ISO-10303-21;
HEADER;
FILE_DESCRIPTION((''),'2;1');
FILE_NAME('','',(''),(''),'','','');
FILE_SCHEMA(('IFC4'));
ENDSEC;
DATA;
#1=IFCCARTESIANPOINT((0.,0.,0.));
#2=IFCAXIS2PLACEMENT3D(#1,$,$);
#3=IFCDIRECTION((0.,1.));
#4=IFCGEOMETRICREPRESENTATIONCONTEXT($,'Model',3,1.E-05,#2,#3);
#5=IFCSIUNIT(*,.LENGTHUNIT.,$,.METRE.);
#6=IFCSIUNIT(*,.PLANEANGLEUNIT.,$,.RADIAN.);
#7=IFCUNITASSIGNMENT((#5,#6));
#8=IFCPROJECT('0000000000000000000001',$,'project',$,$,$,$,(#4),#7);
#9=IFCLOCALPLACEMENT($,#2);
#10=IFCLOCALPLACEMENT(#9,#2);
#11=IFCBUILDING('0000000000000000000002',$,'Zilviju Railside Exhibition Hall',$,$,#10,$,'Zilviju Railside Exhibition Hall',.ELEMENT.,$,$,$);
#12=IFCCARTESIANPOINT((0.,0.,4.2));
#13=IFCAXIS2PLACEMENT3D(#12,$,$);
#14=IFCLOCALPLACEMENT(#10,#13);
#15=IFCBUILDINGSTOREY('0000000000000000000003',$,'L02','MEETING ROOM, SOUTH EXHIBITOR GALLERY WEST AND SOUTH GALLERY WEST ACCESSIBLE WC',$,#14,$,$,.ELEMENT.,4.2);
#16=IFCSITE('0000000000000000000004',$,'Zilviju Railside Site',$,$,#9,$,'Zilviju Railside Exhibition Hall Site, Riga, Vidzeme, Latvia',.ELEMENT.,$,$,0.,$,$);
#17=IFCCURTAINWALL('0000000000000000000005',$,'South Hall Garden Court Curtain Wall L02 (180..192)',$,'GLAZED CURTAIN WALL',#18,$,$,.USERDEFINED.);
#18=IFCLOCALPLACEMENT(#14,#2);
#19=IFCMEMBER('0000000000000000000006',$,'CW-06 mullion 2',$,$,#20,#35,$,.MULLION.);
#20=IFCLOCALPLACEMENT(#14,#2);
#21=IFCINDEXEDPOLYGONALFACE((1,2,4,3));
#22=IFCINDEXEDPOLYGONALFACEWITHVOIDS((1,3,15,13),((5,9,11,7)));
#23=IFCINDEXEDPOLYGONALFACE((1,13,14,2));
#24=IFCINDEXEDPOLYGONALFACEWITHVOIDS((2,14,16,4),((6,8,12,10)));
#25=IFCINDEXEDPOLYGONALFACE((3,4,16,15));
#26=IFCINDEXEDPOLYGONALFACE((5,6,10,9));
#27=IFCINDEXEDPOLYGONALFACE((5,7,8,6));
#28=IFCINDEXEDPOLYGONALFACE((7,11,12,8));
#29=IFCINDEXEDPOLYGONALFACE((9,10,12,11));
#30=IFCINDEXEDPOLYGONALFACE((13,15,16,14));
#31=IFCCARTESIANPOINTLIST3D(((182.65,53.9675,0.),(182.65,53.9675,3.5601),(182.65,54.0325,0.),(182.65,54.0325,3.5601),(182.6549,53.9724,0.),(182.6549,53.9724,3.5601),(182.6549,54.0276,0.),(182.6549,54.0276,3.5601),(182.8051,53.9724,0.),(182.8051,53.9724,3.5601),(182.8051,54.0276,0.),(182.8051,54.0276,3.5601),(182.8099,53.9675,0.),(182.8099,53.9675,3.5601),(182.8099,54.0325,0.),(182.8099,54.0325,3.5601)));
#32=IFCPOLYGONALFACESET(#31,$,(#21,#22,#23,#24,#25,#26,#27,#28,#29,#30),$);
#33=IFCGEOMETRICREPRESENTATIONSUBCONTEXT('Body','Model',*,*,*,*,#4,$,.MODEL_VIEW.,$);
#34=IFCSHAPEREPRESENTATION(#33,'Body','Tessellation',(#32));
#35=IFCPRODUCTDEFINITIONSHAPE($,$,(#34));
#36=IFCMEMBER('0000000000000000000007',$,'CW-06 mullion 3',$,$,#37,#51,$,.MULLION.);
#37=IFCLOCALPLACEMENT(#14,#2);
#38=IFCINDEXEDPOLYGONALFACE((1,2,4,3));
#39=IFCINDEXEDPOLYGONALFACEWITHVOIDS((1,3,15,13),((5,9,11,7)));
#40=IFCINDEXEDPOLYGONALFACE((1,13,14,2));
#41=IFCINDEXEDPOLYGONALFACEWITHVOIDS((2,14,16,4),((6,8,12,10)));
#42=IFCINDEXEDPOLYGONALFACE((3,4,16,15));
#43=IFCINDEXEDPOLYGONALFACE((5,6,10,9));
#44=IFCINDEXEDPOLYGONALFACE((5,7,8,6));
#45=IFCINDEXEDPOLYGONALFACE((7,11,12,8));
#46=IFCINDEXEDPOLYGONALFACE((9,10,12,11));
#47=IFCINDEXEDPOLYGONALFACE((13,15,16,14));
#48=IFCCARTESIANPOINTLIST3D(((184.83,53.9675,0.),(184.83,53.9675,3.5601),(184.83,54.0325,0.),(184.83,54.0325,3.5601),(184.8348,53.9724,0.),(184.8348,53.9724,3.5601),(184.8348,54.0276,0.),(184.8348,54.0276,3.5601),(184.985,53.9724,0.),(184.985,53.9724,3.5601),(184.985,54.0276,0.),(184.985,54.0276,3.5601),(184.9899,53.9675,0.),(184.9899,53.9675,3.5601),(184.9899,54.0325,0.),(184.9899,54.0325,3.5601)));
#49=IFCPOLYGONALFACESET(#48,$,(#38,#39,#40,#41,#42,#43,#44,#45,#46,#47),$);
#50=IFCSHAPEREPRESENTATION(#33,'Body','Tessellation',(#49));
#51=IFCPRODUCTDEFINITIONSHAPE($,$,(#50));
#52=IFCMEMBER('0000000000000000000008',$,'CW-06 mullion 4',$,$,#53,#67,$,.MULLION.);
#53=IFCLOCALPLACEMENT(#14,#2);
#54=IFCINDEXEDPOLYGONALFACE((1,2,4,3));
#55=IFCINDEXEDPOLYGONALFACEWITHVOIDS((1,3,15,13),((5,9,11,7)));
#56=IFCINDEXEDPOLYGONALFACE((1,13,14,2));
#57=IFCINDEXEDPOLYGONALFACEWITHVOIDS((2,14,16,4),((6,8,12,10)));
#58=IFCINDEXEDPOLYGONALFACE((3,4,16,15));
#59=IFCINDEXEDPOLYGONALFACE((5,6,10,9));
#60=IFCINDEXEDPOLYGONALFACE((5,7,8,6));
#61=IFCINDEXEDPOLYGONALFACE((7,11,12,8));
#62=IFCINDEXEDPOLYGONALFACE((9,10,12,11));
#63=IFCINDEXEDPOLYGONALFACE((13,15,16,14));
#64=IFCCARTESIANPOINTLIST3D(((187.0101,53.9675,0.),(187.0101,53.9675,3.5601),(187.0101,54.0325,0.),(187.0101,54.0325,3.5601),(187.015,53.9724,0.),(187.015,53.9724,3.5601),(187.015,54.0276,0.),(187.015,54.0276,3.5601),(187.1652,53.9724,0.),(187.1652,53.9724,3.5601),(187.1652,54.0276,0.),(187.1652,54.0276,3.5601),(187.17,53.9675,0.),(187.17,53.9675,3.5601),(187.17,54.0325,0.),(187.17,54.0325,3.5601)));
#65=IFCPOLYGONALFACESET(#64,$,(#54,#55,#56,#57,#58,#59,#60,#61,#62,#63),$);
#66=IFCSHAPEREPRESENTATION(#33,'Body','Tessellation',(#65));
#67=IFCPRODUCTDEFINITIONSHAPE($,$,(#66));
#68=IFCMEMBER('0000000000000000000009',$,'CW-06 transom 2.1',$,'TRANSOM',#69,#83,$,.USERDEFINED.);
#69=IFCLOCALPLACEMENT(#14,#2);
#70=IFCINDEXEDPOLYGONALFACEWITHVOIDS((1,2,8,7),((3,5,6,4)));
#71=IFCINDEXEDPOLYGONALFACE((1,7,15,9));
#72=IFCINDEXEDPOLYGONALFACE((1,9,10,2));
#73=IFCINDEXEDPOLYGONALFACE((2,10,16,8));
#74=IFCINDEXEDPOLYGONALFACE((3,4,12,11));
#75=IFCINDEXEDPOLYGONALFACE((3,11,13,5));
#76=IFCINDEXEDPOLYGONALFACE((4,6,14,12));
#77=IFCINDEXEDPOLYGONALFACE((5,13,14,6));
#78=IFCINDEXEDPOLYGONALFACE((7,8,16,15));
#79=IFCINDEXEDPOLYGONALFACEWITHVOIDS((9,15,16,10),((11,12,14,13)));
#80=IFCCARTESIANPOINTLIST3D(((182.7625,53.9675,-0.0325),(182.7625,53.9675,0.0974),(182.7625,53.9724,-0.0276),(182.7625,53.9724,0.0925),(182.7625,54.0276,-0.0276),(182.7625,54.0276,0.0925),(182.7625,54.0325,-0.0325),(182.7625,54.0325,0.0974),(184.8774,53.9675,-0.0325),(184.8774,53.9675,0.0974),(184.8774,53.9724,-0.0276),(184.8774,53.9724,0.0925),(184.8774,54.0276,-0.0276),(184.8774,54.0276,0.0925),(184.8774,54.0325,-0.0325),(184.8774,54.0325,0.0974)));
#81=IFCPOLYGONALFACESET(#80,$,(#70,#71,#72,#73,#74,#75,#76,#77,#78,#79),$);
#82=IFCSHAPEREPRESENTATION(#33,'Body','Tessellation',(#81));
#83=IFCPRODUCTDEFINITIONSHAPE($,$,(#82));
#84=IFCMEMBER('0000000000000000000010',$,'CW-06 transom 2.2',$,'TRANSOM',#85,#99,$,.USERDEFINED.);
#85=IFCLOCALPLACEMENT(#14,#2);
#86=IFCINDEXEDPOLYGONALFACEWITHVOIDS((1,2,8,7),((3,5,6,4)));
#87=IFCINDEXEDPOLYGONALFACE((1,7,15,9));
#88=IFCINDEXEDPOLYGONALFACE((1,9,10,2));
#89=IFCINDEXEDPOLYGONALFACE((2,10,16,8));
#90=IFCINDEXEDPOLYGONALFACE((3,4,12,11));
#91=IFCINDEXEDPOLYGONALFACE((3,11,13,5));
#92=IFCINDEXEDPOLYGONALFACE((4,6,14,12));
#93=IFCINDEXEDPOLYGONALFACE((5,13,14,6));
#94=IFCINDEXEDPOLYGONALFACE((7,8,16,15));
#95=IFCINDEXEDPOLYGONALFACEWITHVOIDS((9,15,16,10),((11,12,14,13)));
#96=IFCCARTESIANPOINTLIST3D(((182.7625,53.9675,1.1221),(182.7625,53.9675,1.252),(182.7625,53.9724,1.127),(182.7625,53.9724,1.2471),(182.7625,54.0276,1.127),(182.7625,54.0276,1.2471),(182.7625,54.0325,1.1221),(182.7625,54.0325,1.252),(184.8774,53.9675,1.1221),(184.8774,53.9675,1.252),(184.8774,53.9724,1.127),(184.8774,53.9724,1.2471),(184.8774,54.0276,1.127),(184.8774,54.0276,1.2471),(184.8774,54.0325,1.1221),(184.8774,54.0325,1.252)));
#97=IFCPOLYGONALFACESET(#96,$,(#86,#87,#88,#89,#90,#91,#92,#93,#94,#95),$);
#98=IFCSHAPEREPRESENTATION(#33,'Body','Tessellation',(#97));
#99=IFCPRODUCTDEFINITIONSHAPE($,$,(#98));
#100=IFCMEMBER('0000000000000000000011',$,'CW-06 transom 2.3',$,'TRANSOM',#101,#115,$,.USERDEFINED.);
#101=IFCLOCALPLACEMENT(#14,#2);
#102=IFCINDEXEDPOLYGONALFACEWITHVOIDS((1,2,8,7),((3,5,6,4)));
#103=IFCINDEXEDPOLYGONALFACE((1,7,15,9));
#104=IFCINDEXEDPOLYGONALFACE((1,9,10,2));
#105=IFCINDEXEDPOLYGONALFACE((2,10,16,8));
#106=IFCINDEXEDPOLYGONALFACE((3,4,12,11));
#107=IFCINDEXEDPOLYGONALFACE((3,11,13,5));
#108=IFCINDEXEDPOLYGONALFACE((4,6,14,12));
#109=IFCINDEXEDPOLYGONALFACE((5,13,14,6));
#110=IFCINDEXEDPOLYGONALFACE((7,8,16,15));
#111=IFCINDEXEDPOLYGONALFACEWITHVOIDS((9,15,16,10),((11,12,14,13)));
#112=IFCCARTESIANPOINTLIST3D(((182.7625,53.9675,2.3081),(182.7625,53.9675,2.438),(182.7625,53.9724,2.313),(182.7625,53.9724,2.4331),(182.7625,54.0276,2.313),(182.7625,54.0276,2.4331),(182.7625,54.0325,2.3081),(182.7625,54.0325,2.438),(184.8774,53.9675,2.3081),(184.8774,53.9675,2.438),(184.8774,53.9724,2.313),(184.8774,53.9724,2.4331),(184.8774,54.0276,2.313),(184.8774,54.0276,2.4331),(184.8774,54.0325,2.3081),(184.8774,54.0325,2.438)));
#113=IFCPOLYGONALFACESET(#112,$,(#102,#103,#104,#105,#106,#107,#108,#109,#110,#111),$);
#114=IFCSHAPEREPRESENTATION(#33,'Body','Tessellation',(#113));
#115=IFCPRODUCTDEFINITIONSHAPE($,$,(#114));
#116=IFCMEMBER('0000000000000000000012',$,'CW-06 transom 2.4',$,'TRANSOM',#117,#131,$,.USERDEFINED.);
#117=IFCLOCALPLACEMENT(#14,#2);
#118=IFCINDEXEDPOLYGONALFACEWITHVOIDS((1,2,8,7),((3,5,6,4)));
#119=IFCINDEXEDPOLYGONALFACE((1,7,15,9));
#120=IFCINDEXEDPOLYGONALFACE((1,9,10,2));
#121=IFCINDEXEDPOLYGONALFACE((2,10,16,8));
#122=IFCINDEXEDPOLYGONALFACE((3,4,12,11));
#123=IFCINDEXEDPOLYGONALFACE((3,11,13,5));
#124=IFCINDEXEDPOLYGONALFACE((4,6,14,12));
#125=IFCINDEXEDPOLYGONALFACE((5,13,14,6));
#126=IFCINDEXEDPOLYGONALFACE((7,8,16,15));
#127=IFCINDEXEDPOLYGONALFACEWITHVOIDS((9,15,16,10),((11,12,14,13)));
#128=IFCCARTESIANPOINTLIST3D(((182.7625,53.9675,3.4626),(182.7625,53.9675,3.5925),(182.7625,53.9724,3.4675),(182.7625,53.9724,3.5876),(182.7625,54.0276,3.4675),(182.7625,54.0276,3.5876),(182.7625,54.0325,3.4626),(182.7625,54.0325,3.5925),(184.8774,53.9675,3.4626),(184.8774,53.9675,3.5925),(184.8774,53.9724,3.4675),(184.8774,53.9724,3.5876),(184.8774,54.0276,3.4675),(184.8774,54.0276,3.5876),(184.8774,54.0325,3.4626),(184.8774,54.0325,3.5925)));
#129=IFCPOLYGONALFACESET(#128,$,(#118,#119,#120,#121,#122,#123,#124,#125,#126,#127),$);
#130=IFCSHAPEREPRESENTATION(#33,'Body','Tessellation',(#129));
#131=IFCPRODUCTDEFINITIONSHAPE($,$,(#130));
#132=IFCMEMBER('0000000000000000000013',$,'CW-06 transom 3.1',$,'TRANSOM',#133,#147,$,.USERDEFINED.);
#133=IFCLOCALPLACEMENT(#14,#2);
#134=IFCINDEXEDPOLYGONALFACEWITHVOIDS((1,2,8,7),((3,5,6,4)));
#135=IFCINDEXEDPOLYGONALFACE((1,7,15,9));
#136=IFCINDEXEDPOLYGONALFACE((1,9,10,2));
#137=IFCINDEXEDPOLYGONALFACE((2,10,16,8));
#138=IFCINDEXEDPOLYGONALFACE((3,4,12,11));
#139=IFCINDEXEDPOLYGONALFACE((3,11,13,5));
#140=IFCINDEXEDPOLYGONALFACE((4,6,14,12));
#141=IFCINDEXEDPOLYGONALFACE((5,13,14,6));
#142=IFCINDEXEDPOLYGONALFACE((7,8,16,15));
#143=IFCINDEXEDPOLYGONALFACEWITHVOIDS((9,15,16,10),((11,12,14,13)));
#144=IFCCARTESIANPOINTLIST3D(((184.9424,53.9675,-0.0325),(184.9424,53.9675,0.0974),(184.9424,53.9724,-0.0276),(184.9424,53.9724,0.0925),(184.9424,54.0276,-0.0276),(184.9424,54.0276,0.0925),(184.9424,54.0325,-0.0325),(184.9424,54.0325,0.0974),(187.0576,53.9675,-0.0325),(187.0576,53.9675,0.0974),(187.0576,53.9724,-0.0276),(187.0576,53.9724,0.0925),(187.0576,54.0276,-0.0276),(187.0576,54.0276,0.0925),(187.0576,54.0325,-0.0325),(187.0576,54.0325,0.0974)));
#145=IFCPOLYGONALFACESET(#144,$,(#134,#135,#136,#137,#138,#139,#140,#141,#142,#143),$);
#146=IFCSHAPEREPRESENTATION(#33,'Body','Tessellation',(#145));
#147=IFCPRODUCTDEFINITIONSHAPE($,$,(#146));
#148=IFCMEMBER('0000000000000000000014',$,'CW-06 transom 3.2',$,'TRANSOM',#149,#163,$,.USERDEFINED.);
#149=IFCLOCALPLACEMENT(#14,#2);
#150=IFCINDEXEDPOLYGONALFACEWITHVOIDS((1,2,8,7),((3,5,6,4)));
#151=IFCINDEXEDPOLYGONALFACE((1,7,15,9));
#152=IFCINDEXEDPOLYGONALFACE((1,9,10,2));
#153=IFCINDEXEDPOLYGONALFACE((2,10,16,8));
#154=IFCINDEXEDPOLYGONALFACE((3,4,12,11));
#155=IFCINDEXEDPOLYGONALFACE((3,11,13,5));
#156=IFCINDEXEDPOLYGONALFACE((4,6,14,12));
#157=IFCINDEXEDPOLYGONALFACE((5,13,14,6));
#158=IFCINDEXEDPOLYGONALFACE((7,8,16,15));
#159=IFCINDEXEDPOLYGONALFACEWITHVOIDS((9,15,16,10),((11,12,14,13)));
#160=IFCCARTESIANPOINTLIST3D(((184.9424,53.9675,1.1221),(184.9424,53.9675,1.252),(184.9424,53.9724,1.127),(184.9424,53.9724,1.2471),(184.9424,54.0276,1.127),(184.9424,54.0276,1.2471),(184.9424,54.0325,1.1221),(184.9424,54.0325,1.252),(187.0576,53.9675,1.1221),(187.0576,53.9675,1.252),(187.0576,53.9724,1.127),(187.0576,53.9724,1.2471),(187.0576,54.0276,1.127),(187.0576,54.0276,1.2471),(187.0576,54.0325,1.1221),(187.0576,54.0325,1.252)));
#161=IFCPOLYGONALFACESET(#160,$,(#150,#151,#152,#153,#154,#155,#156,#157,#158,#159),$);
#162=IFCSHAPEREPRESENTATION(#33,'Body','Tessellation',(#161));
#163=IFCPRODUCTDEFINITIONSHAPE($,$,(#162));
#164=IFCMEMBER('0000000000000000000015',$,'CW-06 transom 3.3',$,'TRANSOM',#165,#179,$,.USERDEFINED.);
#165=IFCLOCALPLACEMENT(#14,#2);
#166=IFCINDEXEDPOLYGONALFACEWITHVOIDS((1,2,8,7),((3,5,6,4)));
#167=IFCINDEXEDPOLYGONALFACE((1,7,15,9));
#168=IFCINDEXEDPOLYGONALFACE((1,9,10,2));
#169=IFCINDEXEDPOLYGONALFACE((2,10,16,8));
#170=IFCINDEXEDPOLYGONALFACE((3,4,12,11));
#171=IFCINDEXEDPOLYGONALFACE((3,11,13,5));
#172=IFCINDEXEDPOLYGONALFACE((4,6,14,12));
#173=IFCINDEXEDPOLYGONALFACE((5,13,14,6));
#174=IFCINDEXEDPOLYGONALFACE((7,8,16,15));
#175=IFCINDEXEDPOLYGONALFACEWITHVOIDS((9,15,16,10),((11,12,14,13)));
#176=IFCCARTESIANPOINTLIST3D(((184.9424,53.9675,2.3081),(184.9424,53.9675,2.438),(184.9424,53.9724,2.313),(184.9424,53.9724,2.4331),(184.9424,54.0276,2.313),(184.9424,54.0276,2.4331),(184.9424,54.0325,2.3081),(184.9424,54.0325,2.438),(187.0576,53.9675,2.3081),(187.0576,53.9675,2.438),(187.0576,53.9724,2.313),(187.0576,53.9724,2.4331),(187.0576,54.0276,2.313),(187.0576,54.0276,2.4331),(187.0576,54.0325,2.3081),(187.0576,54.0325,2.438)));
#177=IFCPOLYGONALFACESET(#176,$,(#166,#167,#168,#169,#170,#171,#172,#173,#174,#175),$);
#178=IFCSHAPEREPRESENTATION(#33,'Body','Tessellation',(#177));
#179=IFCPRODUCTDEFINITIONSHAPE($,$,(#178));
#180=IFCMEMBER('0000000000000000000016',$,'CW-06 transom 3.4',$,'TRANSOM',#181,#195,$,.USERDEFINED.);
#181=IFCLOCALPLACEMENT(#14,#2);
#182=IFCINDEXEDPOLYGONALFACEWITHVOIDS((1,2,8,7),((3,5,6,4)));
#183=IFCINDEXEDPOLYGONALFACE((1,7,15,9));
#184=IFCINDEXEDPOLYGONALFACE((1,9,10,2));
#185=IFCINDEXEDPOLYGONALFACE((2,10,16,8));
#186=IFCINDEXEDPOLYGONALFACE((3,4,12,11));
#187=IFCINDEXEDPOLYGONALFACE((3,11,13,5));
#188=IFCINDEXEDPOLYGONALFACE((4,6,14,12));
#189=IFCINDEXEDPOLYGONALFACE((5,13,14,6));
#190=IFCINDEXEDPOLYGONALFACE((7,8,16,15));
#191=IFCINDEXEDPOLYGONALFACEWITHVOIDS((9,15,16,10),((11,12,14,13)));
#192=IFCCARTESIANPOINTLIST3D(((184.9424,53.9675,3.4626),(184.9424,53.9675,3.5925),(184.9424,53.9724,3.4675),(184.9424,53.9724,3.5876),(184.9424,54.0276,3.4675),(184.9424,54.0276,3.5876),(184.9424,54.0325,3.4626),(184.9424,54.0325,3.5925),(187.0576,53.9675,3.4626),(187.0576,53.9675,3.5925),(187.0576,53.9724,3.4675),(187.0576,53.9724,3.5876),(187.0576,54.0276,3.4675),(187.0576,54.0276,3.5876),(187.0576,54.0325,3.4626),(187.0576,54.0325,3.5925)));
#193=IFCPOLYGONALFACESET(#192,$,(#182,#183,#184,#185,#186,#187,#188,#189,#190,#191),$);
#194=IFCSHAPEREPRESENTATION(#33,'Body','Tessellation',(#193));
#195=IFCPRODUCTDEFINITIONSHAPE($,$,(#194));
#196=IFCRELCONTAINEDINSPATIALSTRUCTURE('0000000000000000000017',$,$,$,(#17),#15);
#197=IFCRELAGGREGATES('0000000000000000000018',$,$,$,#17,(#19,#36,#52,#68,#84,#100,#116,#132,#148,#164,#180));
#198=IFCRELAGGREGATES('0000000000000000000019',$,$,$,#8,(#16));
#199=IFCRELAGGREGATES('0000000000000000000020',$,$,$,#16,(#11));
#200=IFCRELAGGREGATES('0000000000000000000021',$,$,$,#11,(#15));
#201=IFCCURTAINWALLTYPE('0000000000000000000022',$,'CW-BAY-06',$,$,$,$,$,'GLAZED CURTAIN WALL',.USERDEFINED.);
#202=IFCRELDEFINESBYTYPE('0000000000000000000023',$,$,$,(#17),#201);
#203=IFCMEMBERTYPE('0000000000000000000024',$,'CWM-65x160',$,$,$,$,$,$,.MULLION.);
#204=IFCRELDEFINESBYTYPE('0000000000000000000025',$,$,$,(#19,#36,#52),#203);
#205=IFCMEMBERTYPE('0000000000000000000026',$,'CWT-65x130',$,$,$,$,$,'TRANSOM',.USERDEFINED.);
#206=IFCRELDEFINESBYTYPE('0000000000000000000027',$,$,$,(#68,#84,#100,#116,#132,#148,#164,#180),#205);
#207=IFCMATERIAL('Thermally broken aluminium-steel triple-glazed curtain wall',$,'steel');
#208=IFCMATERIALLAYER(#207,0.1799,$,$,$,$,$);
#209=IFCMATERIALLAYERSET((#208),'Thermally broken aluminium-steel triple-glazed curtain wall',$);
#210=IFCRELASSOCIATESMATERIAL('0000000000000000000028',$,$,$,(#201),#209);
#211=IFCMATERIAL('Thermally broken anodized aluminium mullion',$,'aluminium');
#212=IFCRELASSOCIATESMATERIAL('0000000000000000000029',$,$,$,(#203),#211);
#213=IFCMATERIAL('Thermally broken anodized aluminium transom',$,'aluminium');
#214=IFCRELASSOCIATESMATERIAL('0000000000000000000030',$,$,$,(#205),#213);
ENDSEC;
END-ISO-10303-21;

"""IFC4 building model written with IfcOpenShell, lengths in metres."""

from ifc_helpers import new_model, si_unit, direction, frame, origin, origin_2d, place, context, subcontext, project, spatial, hollow_rectangle, extrude, material, layer, layer_set, material_profile, profile_set, type_object, element, aggregate, save


model = new_model("IFC4")

# Units and contexts
model_context = context("Model", 3, precision=1e-05, world=origin(), true_north=direction((0.0, 1.0)))
body_context = subcontext(model_context, "Body", "Model", "MODEL_VIEW")
ifc_project = project(units=[si_unit("LENGTHUNIT", "METRE"), si_unit("PLANEANGLEUNIT", "RADIAN")], contexts=[model_context])

# Site, building, storey
site_placement = place(None, origin())
site = spatial("IfcSite", under=ifc_project, at=site_placement, Name="Zilviju Railside Site", LongName="Zilviju Railside Exhibition Hall Site, Riga, Vidzeme, Latvia", CompositionType="ELEMENT", RefElevation=0.0)
building_placement = place(site_placement, origin())
building = spatial("IfcBuilding", under=site, at=building_placement, Name="Zilviju Railside Exhibition Hall", LongName="Zilviju Railside Exhibition Hall", CompositionType="ELEMENT")
storey_placement = place(building_placement, frame((0.0, 0.0, 4.2)))
storey = spatial("IfcBuildingStorey", under=building, at=storey_placement, Name="L02", Description="MEETING ROOM, SOUTH EXHIBITOR GALLERY WEST AND SOUTH GALLERY WEST ACCESSIBLE WC", CompositionType="ELEMENT", Elevation=4.2)

# Curtain wall, members
ifc_material_1 = material(Name="Thermally broken aluminium-steel triple-glazed curtain wall", Category="steel")
ifc_layer_1 = layer(ifc_material_1, 0.1799)
ifc_layer_set_1 = layer_set([ifc_layer_1], Name="Thermally broken aluminium-steel triple-glazed curtain wall")
curtain_wall_type = type_object("IfcCurtainWallType", Name="CW-BAY-06", ElementType="GLAZED CURTAIN WALL", PredefinedType="USERDEFINED", material=ifc_layer_set_1)
curtain_wall_placement = place(storey_placement, origin())
curtain_wall = element("IfcCurtainWall", 1, at=curtain_wall_placement, inside=storey, type_object=curtain_wall_type, Name="South Hall Garden Court Curtain Wall L02 (180..192)", ObjectType="GLAZED CURTAIN WALL", PredefinedType="USERDEFINED")
ifc_material_2 = material(Name="Thermally broken anodized aluminium mullion", Category="aluminium")
ifc_material_profile_1 = material_profile(ifc_material_2, hollow_rectangle(XDim=0.0649, YDim=0.1599, WallThickness=0.0049, at=origin_2d()), Name="MULLION 160x65x5")
ifc_profile_set_1 = profile_set([ifc_material_profile_1], Name="Thermally broken anodized aluminium mullion")
member_type_1 = type_object("IfcMemberType", Name="CWM-65x160", PredefinedType="MULLION", material=ifc_profile_set_1)
member_1_placement = place(storey_placement, frame((182.73, 54.0, 0.0), z_axis=(0.0, 0.0, 1.0), x_axis=(0.0, 1.0, 0.0)))
member_1 = element("IfcMember", 2, at=member_1_placement, type_object=member_type_1, Name="CW-06 mullion 2", PredefinedType="MULLION", context=body_context, shape_type="SweptSolid", body=[
    extrude(hollow_rectangle(XDim=0.0649, YDim=0.1599, WallThickness=0.0049, at=origin_2d()), origin(), (0.0, 0.0, 1.0), 3.5601),
])
member_2_placement = place(storey_placement, frame((184.9099, 54.0, 0.0), z_axis=(0.0, 0.0, 1.0), x_axis=(0.0, 1.0, 0.0)))
member_2 = element("IfcMember", 3, at=member_2_placement, type_object=member_type_1, Name="CW-06 mullion 3", PredefinedType="MULLION", context=body_context, shape_type="SweptSolid", body=[
    extrude(hollow_rectangle(XDim=0.0649, YDim=0.1599, WallThickness=0.0049, at=origin_2d()), origin(), (0.0, 0.0, 1.0), 3.5601),
])
member_3_placement = place(storey_placement, frame((187.0901, 54.0, 0.0), z_axis=(0.0, 0.0, 1.0), x_axis=(0.0, 1.0, 0.0)))
member_3 = element("IfcMember", 4, at=member_3_placement, type_object=member_type_1, Name="CW-06 mullion 4", PredefinedType="MULLION", context=body_context, shape_type="SweptSolid", body=[
    extrude(hollow_rectangle(XDim=0.0649, YDim=0.1599, WallThickness=0.0049, at=origin_2d()), origin(), (0.0, 0.0, 1.0), 3.5601),
])
ifc_material_3 = material(Name="Thermally broken anodized aluminium transom", Category="aluminium")
ifc_material_profile_2 = material_profile(ifc_material_3, hollow_rectangle(XDim=0.0649, YDim=0.1299, WallThickness=0.0049, at=origin_2d()), Name="TRANSOM 130x65x5")
ifc_profile_set_2 = profile_set([ifc_material_profile_2], Name="Thermally broken anodized aluminium transom")
member_type_2 = type_object("IfcMemberType", Name="CWT-65x130", ElementType="TRANSOM", PredefinedType="USERDEFINED", material=ifc_profile_set_2)
member_4_placement = place(storey_placement, frame((182.7625, 54.0, 0.0325), z_axis=(1.0, 0.0, 0.0), x_axis=(0.0, 1.0, 0.0)))
member_4 = element("IfcMember", 5, at=member_4_placement, type_object=member_type_2, Name="CW-06 transom 2.1", ObjectType="TRANSOM", PredefinedType="USERDEFINED", context=body_context, shape_type="SweptSolid", body=[
    extrude(hollow_rectangle(XDim=0.0649, YDim=0.1299, WallThickness=0.0049, at=origin_2d()), origin(), (0.0, 0.0, 1.0), 2.115),
])
member_5_placement = place(storey_placement, frame((182.7625, 54.0, 1.187), z_axis=(1.0, 0.0, 0.0), x_axis=(0.0, 1.0, 0.0)))
member_5 = element("IfcMember", 6, at=member_5_placement, type_object=member_type_2, Name="CW-06 transom 2.2", ObjectType="TRANSOM", PredefinedType="USERDEFINED", context=body_context, shape_type="SweptSolid", body=[
    extrude(hollow_rectangle(XDim=0.0649, YDim=0.1299, WallThickness=0.0049, at=origin_2d()), origin(), (0.0, 0.0, 1.0), 2.115),
])
member_6_placement = place(storey_placement, frame((182.7625, 54.0, 2.373), z_axis=(1.0, 0.0, 0.0), x_axis=(0.0, 1.0, 0.0)))
member_6 = element("IfcMember", 7, at=member_6_placement, type_object=member_type_2, Name="CW-06 transom 2.3", ObjectType="TRANSOM", PredefinedType="USERDEFINED", context=body_context, shape_type="SweptSolid", body=[
    extrude(hollow_rectangle(XDim=0.0649, YDim=0.1299, WallThickness=0.0049, at=origin_2d()), origin(), (0.0, 0.0, 1.0), 2.115),
])
member_7_placement = place(storey_placement, frame((182.7625, 54.0, 3.5276), z_axis=(1.0, 0.0, 0.0), x_axis=(0.0, 1.0, 0.0)))
member_7 = element("IfcMember", 8, at=member_7_placement, type_object=member_type_2, Name="CW-06 transom 2.4", ObjectType="TRANSOM", PredefinedType="USERDEFINED", context=body_context, shape_type="SweptSolid", body=[
    extrude(hollow_rectangle(XDim=0.0649, YDim=0.1299, WallThickness=0.0049, at=origin_2d()), origin(), (0.0, 0.0, 1.0), 2.115),
])
member_8_placement = place(storey_placement, frame((184.9424, 54.0, 0.0325), z_axis=(1.0, 0.0, 0.0), x_axis=(0.0, 1.0, 0.0)))
member_8 = element("IfcMember", 9, at=member_8_placement, type_object=member_type_2, Name="CW-06 transom 3.1", ObjectType="TRANSOM", PredefinedType="USERDEFINED", context=body_context, shape_type="SweptSolid", body=[
    extrude(hollow_rectangle(XDim=0.0649, YDim=0.1299, WallThickness=0.0049, at=origin_2d()), origin(), (0.0, 0.0, 1.0), 2.1152),
])
member_9_placement = place(storey_placement, frame((184.9424, 54.0, 1.187), z_axis=(1.0, 0.0, 0.0), x_axis=(0.0, 1.0, 0.0)))
member_9 = element("IfcMember", 10, at=member_9_placement, type_object=member_type_2, Name="CW-06 transom 3.2", ObjectType="TRANSOM", PredefinedType="USERDEFINED", context=body_context, shape_type="SweptSolid", body=[
    extrude(hollow_rectangle(XDim=0.0649, YDim=0.1299, WallThickness=0.0049, at=origin_2d()), origin(), (0.0, 0.0, 1.0), 2.1152),
])
member_10_placement = place(storey_placement, frame((184.9424, 54.0, 2.373), z_axis=(1.0, 0.0, 0.0), x_axis=(0.0, 1.0, 0.0)))
member_10 = element("IfcMember", 11, at=member_10_placement, type_object=member_type_2, Name="CW-06 transom 3.3", ObjectType="TRANSOM", PredefinedType="USERDEFINED", context=body_context, shape_type="SweptSolid", body=[
    extrude(hollow_rectangle(XDim=0.0649, YDim=0.1299, WallThickness=0.0049, at=origin_2d()), origin(), (0.0, 0.0, 1.0), 2.1152),
])
member_11_placement = place(storey_placement, frame((184.9424, 54.0, 3.5276), z_axis=(1.0, 0.0, 0.0), x_axis=(0.0, 1.0, 0.0)))
member_11 = element("IfcMember", 12, at=member_11_placement, type_object=member_type_2, Name="CW-06 transom 3.4", ObjectType="TRANSOM", PredefinedType="USERDEFINED", context=body_context, shape_type="SweptSolid", body=[
    extrude(hollow_rectangle(XDim=0.0649, YDim=0.1299, WallThickness=0.0049, at=origin_2d()), origin(), (0.0, 0.0, 1.0), 2.1152),
])
aggregate(curtain_wall, [member_1, member_2, member_3, member_4, member_5, member_6, member_7, member_8, member_9, member_10, member_11])

save(model, "model.ifc")
